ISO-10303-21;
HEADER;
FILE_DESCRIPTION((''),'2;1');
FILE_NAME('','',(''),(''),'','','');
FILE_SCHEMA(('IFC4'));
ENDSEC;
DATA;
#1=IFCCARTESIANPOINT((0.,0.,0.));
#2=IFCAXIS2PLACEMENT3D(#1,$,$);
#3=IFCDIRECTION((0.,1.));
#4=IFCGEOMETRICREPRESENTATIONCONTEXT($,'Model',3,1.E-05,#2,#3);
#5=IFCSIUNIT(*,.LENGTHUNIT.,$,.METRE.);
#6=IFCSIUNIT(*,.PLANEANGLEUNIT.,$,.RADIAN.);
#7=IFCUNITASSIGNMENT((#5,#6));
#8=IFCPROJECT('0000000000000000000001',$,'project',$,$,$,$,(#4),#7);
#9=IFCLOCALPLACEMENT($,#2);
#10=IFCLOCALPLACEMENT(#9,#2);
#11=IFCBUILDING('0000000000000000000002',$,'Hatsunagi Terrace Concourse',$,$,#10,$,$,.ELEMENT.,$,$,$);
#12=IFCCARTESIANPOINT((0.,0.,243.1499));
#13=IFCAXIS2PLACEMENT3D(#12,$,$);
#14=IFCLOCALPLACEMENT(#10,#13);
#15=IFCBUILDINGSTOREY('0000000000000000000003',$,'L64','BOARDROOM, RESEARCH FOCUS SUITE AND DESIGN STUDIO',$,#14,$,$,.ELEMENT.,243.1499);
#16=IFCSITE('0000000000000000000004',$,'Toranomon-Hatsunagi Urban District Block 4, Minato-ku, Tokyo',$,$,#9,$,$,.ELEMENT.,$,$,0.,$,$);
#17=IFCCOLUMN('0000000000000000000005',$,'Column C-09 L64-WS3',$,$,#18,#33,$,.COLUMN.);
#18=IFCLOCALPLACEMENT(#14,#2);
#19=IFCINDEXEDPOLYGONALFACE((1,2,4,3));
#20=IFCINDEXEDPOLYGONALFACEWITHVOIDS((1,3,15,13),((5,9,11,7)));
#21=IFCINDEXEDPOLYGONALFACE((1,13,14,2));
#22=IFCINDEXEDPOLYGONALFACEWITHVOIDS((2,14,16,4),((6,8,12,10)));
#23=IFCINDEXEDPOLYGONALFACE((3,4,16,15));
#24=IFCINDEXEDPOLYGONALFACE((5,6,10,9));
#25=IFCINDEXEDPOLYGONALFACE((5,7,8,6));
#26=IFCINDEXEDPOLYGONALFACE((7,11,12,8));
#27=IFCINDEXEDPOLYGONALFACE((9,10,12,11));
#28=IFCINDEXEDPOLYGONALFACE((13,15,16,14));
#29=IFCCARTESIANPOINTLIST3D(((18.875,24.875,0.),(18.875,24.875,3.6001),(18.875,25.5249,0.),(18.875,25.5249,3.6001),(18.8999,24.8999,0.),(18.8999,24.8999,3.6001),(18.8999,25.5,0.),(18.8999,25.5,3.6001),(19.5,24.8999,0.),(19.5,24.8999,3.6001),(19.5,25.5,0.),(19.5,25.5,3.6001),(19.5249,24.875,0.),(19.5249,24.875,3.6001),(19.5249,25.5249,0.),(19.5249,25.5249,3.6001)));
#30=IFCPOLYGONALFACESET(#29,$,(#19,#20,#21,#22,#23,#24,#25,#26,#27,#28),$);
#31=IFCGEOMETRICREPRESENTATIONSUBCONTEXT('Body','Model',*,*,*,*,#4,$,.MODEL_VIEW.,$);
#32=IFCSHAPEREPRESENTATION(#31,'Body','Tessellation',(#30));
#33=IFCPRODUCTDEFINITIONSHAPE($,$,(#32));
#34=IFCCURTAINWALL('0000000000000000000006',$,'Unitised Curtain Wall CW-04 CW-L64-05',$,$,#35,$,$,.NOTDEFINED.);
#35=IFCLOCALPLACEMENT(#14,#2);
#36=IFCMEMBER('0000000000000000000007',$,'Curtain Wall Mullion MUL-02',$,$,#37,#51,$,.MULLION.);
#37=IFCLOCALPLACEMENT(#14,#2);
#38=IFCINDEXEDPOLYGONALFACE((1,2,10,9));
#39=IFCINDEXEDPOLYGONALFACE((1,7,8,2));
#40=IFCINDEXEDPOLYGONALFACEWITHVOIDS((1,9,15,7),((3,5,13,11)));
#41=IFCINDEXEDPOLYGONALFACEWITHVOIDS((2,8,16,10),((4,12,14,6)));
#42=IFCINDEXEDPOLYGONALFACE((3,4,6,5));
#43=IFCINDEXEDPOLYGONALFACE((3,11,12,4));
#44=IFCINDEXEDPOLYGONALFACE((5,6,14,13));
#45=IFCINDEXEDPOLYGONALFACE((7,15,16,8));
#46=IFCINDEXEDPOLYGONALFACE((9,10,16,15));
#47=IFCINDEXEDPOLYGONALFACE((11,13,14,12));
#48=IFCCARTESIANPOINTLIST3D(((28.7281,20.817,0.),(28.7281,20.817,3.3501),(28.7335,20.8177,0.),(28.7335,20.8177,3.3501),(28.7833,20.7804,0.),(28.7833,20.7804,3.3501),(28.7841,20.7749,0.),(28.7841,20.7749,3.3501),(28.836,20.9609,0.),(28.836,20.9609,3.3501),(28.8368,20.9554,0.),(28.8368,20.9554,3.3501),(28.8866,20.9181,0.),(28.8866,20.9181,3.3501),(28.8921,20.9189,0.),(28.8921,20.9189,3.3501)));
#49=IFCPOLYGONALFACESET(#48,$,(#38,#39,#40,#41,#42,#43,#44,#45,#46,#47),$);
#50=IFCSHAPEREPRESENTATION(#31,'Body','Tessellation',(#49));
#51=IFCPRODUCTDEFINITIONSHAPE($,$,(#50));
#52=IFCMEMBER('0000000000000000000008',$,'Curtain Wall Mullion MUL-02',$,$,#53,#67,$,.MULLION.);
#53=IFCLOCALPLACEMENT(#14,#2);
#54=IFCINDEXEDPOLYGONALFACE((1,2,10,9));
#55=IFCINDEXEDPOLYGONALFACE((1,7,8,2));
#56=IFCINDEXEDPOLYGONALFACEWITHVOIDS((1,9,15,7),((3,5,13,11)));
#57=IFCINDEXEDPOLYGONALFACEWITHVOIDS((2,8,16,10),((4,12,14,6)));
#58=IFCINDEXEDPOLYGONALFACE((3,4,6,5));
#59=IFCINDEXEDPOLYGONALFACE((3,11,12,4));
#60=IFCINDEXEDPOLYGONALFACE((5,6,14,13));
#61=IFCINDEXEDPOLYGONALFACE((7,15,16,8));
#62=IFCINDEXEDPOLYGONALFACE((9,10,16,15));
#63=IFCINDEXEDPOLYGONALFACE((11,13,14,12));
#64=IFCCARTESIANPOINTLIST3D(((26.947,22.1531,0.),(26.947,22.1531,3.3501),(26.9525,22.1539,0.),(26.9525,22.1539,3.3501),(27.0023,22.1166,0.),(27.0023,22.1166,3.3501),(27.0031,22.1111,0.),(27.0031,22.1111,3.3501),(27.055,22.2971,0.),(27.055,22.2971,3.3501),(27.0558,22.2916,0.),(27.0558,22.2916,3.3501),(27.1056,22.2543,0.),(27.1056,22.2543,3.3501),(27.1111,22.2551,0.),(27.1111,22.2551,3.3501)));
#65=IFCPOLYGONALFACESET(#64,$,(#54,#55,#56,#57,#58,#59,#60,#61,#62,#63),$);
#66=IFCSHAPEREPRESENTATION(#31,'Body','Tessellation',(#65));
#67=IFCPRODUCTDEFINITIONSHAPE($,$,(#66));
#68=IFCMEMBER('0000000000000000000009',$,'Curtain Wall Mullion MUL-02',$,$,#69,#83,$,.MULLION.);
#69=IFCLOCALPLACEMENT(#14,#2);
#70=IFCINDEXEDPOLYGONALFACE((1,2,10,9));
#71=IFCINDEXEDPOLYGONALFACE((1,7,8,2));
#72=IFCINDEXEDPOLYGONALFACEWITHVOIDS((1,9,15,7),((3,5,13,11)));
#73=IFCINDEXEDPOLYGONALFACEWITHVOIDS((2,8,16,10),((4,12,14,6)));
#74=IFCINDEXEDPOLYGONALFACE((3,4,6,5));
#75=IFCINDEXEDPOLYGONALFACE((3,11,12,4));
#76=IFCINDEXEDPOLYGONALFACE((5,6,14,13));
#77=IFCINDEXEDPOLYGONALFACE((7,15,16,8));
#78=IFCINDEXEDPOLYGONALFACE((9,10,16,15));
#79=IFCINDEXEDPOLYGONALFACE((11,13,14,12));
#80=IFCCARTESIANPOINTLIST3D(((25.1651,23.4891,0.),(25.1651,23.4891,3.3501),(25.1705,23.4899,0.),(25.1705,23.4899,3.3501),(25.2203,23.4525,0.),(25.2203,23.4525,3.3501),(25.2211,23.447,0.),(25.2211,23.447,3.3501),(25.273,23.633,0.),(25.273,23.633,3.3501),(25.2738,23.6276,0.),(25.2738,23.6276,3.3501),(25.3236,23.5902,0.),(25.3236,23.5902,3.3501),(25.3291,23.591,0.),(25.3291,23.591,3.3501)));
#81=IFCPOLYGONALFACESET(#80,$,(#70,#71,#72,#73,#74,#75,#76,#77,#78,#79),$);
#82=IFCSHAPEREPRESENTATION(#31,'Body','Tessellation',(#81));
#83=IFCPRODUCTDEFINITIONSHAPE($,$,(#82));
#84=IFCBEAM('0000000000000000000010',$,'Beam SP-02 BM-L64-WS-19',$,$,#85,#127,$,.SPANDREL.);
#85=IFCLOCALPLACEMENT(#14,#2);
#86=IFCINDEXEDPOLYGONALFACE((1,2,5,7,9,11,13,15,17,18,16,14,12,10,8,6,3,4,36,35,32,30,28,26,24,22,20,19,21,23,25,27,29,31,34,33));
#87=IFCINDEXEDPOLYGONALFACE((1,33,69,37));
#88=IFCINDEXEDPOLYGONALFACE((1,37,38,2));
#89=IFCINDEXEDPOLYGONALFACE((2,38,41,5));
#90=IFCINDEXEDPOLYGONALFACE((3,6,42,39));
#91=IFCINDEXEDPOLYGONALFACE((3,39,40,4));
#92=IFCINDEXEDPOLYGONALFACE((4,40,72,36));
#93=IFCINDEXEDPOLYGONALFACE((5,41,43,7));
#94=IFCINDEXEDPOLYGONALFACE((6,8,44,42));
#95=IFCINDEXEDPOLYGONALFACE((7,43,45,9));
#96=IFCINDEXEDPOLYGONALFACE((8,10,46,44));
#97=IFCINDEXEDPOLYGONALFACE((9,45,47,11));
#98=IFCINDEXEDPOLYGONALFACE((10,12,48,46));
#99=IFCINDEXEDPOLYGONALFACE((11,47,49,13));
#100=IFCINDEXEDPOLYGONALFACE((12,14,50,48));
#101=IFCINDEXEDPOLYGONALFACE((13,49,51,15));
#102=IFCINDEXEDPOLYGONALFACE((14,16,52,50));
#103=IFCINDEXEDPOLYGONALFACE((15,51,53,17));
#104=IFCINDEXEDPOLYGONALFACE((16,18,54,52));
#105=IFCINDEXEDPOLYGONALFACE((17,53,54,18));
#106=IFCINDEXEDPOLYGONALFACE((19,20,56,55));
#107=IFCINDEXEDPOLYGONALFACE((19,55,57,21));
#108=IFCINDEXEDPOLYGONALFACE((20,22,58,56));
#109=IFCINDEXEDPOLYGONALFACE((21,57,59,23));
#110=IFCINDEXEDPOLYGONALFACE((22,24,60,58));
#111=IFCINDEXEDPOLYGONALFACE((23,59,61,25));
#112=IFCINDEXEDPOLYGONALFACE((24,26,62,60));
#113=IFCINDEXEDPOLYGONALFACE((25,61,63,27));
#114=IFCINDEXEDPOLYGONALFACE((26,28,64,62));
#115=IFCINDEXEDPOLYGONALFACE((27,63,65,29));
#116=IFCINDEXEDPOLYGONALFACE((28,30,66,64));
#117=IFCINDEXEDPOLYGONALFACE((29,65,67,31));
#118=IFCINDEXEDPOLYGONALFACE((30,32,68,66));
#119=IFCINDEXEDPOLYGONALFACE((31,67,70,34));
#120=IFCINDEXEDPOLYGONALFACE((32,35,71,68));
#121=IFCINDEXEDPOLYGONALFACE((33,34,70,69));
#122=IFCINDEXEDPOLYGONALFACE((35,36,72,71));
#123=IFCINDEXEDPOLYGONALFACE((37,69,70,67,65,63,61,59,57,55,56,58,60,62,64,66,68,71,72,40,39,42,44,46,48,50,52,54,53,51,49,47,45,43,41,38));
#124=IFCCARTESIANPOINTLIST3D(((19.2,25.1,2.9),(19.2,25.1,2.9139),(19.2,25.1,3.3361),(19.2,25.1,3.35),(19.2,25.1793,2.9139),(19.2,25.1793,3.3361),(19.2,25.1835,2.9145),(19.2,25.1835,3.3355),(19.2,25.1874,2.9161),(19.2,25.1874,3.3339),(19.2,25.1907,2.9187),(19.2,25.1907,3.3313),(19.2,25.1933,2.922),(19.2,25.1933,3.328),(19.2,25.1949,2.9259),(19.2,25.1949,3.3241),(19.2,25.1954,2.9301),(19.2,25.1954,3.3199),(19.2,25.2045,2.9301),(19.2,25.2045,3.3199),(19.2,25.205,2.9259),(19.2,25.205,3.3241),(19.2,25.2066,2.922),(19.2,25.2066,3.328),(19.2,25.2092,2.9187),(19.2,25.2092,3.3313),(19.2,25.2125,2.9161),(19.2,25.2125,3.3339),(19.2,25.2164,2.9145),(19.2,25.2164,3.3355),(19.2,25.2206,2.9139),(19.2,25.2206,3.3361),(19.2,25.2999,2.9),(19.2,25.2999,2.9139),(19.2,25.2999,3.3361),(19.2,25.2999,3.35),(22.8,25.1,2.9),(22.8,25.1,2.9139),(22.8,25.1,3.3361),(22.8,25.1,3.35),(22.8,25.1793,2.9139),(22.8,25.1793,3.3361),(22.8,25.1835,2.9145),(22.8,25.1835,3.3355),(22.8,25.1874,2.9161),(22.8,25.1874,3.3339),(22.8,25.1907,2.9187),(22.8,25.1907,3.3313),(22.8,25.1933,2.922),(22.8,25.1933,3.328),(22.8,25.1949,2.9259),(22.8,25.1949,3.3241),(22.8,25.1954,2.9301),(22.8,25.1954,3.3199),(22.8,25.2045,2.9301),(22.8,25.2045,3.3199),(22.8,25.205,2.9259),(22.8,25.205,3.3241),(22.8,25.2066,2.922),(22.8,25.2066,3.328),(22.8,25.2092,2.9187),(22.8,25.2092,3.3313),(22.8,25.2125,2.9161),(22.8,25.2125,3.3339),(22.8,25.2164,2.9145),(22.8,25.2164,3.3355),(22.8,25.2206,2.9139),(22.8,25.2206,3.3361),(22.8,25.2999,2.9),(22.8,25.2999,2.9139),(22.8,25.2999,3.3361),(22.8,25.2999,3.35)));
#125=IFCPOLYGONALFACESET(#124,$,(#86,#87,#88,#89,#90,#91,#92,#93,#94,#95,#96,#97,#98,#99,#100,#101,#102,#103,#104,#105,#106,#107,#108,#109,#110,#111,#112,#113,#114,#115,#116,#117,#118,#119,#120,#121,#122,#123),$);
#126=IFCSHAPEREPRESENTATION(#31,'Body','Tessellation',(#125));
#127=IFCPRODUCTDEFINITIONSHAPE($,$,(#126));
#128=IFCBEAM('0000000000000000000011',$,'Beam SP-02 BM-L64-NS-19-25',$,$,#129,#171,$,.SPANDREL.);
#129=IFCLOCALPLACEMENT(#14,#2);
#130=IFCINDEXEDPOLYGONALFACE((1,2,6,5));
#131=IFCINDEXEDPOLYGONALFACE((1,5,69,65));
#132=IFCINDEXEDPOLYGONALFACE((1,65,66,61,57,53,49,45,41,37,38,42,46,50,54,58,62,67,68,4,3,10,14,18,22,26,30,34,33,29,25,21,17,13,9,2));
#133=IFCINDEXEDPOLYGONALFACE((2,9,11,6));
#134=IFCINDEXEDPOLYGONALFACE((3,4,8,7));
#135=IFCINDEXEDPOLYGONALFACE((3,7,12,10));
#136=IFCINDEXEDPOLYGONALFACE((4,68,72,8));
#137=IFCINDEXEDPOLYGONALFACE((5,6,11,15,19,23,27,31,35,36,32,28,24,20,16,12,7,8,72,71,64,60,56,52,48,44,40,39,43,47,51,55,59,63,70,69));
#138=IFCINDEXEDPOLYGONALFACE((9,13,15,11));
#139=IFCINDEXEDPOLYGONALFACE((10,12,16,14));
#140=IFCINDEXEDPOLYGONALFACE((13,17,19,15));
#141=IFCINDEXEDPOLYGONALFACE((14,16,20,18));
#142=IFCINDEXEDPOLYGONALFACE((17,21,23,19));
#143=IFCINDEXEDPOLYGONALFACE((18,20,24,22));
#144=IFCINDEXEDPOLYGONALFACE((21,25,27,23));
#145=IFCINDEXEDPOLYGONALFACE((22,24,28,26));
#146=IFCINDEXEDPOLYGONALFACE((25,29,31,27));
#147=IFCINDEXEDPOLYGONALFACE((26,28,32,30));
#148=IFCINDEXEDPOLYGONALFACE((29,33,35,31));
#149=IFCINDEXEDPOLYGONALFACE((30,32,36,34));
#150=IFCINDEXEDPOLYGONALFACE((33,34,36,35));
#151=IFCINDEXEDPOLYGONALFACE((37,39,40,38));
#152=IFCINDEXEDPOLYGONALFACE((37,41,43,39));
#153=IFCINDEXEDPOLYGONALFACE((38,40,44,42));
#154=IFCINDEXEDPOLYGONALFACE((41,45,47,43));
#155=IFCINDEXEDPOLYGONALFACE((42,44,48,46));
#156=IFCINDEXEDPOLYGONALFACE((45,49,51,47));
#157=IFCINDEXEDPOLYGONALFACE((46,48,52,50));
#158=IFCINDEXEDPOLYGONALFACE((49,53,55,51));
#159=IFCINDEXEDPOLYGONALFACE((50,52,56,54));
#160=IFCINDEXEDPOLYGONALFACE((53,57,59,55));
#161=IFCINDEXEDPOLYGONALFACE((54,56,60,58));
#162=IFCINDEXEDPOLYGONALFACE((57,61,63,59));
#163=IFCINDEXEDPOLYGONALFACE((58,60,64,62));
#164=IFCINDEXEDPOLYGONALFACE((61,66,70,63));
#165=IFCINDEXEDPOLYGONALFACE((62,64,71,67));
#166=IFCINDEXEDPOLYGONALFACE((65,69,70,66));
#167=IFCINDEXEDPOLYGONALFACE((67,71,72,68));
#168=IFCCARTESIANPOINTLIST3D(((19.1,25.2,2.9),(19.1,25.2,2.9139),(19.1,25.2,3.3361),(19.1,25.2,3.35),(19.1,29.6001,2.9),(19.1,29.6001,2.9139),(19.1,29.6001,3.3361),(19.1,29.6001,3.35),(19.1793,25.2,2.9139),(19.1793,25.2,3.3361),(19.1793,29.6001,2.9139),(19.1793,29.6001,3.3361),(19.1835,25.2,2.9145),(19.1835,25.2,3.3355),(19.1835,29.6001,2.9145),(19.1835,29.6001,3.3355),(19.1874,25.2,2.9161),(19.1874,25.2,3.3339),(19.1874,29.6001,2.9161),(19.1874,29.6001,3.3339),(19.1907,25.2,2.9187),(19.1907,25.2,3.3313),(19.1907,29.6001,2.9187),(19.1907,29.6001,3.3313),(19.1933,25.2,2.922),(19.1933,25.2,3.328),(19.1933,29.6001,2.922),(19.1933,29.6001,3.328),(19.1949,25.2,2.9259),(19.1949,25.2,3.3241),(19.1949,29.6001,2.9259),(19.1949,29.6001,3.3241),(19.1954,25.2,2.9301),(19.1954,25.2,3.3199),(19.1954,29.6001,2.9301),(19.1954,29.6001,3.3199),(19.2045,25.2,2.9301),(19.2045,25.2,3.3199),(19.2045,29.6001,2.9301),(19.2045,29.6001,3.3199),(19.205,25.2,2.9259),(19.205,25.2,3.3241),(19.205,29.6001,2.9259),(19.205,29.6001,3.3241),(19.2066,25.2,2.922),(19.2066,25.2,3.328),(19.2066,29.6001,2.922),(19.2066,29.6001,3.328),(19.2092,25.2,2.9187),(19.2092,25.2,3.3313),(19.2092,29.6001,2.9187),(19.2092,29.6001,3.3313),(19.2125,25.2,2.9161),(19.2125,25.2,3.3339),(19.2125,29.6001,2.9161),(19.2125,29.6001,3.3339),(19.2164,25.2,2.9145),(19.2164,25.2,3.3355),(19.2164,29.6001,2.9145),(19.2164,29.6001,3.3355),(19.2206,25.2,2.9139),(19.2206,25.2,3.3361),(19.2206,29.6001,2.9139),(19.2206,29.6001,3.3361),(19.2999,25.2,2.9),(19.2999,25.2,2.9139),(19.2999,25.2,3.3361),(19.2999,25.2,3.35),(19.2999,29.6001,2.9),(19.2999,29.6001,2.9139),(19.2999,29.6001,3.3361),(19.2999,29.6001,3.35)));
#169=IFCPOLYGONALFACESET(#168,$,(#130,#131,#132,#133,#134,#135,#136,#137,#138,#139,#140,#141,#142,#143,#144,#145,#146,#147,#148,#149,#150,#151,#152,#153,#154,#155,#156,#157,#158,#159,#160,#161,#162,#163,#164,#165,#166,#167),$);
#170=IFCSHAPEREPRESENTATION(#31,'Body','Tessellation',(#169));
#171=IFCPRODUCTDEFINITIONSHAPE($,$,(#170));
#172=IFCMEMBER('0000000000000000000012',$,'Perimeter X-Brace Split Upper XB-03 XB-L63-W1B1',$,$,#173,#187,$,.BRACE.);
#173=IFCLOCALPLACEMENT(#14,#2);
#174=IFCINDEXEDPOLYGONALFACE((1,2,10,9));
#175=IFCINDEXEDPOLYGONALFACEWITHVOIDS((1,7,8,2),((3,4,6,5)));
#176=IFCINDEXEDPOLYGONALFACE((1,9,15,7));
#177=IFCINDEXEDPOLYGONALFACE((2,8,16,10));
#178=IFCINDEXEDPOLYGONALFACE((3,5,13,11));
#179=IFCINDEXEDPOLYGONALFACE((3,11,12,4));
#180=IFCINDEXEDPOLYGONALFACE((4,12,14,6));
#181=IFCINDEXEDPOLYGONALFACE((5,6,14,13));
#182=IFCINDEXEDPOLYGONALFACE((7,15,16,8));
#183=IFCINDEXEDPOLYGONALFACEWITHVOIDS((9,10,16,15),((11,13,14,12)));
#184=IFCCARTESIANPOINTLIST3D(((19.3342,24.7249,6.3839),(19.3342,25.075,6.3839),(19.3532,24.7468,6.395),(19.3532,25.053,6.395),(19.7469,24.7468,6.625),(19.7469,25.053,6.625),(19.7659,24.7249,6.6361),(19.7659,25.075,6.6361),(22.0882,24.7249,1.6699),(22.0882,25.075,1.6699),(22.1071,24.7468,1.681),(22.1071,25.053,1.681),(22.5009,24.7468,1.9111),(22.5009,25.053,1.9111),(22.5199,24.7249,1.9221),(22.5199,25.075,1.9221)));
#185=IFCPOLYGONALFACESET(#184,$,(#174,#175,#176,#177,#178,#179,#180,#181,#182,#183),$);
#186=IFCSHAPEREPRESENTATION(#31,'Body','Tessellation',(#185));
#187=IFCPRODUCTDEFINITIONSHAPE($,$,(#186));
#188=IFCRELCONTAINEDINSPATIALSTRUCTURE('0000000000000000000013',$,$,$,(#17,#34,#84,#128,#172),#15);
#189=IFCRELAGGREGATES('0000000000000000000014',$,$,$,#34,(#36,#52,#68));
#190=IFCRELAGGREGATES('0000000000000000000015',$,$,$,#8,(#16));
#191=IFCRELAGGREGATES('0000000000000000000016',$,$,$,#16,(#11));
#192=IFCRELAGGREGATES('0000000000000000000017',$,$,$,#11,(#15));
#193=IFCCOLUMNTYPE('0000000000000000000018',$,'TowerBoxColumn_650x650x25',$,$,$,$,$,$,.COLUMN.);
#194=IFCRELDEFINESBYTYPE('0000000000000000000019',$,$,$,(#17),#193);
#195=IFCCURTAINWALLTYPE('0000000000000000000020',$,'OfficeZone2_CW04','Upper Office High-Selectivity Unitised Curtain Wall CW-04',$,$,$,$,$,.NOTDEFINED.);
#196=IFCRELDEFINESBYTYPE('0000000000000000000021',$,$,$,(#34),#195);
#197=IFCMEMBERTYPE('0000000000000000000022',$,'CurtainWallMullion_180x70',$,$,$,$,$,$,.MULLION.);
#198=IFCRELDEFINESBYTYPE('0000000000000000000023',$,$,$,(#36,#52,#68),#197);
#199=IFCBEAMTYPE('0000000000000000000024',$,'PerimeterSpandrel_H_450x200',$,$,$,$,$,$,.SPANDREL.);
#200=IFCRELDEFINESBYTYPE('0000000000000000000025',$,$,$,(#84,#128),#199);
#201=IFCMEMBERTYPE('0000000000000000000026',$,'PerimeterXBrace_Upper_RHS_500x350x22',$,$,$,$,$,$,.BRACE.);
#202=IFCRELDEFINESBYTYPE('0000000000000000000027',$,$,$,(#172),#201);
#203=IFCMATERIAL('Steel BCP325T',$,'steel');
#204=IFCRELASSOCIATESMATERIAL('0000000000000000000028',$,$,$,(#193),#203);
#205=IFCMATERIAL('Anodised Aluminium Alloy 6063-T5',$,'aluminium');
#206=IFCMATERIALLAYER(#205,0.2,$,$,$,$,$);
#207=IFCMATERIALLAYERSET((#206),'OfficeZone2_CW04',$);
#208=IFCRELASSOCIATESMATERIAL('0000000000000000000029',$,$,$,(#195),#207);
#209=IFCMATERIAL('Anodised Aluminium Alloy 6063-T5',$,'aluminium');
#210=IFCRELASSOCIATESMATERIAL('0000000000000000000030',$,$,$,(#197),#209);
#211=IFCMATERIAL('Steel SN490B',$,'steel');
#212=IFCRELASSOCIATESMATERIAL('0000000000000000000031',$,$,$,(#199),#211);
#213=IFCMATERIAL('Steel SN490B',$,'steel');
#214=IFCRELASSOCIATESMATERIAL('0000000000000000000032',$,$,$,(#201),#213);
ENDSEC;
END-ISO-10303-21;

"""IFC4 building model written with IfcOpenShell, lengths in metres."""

from ifc_helpers import new_model, si_unit, direction, frame, origin, origin_2d, place, context, subcontext, project, spatial, hollow_rectangle, i_section, extrude, material, layer, layer_set, material_profile, profile_set, type_object, element, aggregate, save


model = new_model("IFC4")

# Units and contexts
model_context = context("Model", 3, precision=1e-05, world=origin(), true_north=direction((0.0, 1.0)))
body_context = subcontext(model_context, "Body", "Model", "MODEL_VIEW")
ifc_project = project(units=[si_unit("LENGTHUNIT", "METRE"), si_unit("PLANEANGLEUNIT", "RADIAN")], contexts=[model_context])

# Site, building, storey
site_placement = place(None, origin())
site = spatial("IfcSite", under=ifc_project, at=site_placement, Name="Toranomon-Hatsunagi Urban District Block 4, Minato-ku, Tokyo", CompositionType="ELEMENT", RefElevation=0.0)
building_placement = place(site_placement, origin())
building = spatial("IfcBuilding", under=site, at=building_placement, Name="Hatsunagi Terrace Concourse", CompositionType="ELEMENT")
storey_placement = place(building_placement, frame((0.0, 0.0, 243.1499)))
storey = spatial("IfcBuildingStorey", under=building, at=storey_placement, Name="L64", Description="BOARDROOM, RESEARCH FOCUS SUITE AND DESIGN STUDIO", CompositionType="ELEMENT", Elevation=243.1499)

# Column
ifc_material_1 = material(Name="Steel BCP325T", Category="steel")
ifc_material_profile_1 = material_profile(ifc_material_1, hollow_rectangle(XDim=0.6499, YDim=0.6499, WallThickness=0.0249, at=origin_2d()), Name="BCP-650x650x25")
ifc_profile_set_1 = profile_set([ifc_material_profile_1], Name="Steel BCP325T")
column_type = type_object("IfcColumnType", Name="TowerBoxColumn_650x650x25", PredefinedType="COLUMN", material=ifc_profile_set_1)
column_placement = place(storey_placement, frame((19.2, 25.2, 0.0), z_axis=(0.0, 0.0, 1.0), x_axis=(1.0, 0.0, 0.0)))
element("IfcColumn", 1, at=column_placement, inside=storey, type_object=column_type, Name="Column C-09 L64-WS3", PredefinedType="COLUMN", context=body_context, shape_type="SweptSolid", body=[
    extrude(hollow_rectangle(XDim=0.6499, YDim=0.6499, WallThickness=0.0249, at=origin_2d()), origin(), (0.0, 0.0, 1.0), 3.6001),
])

# Curtain wall, members
ifc_material_2 = material(Name="Anodised Aluminium Alloy 6063-T5", Category="aluminium")
ifc_layer_1 = layer(ifc_material_2, 0.2)
ifc_layer_set_1 = layer_set([ifc_layer_1], Name="OfficeZone2_CW04")
curtain_wall_type = type_object("IfcCurtainWallType", Name="OfficeZone2_CW04", Description="Upper Office High-Selectivity Unitised Curtain Wall CW-04", PredefinedType="NOTDEFINED", material=ifc_layer_set_1)
curtain_wall_placement = place(storey_placement, origin())
curtain_wall = element("IfcCurtainWall", 2, at=curtain_wall_placement, inside=storey, type_object=curtain_wall_type, Name="Unitised Curtain Wall CW-04 CW-L64-05", PredefinedType="NOTDEFINED")
ifc_material_3 = material(Name="Anodised Aluminium Alloy 6063-T5", Category="aluminium")
ifc_material_profile_2 = material_profile(ifc_material_3, hollow_rectangle(XDim=0.0701, YDim=0.1799, WallThickness=0.0039, at=origin_2d()), Name="ALU-MUL-180x70x4")
ifc_profile_set_2 = profile_set([ifc_material_profile_2], Name="Anodised Aluminium Alloy 6063-T5")
member_type_1 = type_object("IfcMemberType", Name="CurtainWallMullion_180x70", PredefinedType="MULLION", material=ifc_profile_set_2)
member_1_placement = place(storey_placement, frame((28.8101, 20.8679, 0.0), z_axis=(0.0, 0.0, 1.0), x_axis=(-0.800007, 0.59999, 0.0)))
member_1 = element("IfcMember", 3, at=member_1_placement, type_object=member_type_1, Name="Curtain Wall Mullion MUL-02", PredefinedType="MULLION", context=body_context, shape_type="SweptSolid", body=[
    extrude(hollow_rectangle(XDim=0.0701, YDim=0.1799, WallThickness=0.0039, at=origin_2d()), origin(), (0.0, 0.0, 1.0), 3.3501),
])
member_2_placement = place(storey_placement, frame((27.0291, 22.2041, 0.0), z_axis=(0.0, 0.0, 1.0), x_axis=(-0.800007, 0.59999, 0.0)))
member_2 = element("IfcMember", 4, at=member_2_placement, type_object=member_type_1, Name="Curtain Wall Mullion MUL-02", PredefinedType="MULLION", context=body_context, shape_type="SweptSolid", body=[
    extrude(hollow_rectangle(XDim=0.0701, YDim=0.1799, WallThickness=0.0039, at=origin_2d()), origin(), (0.0, 0.0, 1.0), 3.3501),
])
member_3_placement = place(storey_placement, frame((25.2471, 23.54, 0.0), z_axis=(0.0, 0.0, 1.0), x_axis=(-0.800007, 0.59999, 0.0)))
member_3 = element("IfcMember", 5, at=member_3_placement, type_object=member_type_1, Name="Curtain Wall Mullion MUL-02", PredefinedType="MULLION", context=body_context, shape_type="SweptSolid", body=[
    extrude(hollow_rectangle(XDim=0.0701, YDim=0.1799, WallThickness=0.0039, at=origin_2d()), origin(), (0.0, 0.0, 1.0), 3.3501),
])

# Beams
ifc_material_4 = material(Name="Steel SN490B", Category="steel")
ifc_material_profile_3 = material_profile(ifc_material_4, i_section(OverallWidth=0.2, OverallDepth=0.45, WebThickness=0.009, FlangeThickness=0.0139, FilletRadius=0.0161, at=origin_2d()), Name="H-450x200x9x14")
ifc_profile_set_3 = profile_set([ifc_material_profile_3], Name="Steel SN490B")
beam_type = type_object("IfcBeamType", Name="PerimeterSpandrel_H_450x200", PredefinedType="SPANDREL", material=ifc_profile_set_3)
beam_1_placement = place(storey_placement, frame((19.2, 25.2, 3.125), z_axis=(1.0, 0.0, 0.0), x_axis=(0.0, 1.0, 0.0)))
element("IfcBeam", 6, at=beam_1_placement, inside=storey, type_object=beam_type, Name="Beam SP-02 BM-L64-WS-19", PredefinedType="SPANDREL", context=body_context, shape_type="SweptSolid", body=[
    extrude(i_section(OverallWidth=0.2, OverallDepth=0.45, WebThickness=0.009, FlangeThickness=0.0139, FilletRadius=0.0161, at=origin_2d()), origin(), (0.0, 0.0, 1.0), 3.6001),
])
beam_2_placement = place(storey_placement, frame((19.2, 25.2, 3.125), z_axis=(0.0, 1.0, 0.0), x_axis=(-1.0, 0.0, 0.0)))
element("IfcBeam", 7, at=beam_2_placement, inside=storey, type_object=beam_type, Name="Beam SP-02 BM-L64-NS-19-25", PredefinedType="SPANDREL", context=body_context, shape_type="SweptSolid", body=[
    extrude(i_section(OverallWidth=0.2, OverallDepth=0.45, WebThickness=0.009, FlangeThickness=0.0139, FilletRadius=0.0161, at=origin_2d()), origin(), (0.0, 0.0, 1.0), 4.4001),
])

# Member
ifc_material_5 = material(Name="Steel SN490B", Category="steel")
ifc_material_profile_4 = material_profile(ifc_material_5, hollow_rectangle(XDim=0.3501, YDim=0.5, WallThickness=0.022, at=origin_2d()), Name="RHS-500x350x22")
ifc_profile_set_4 = profile_set([ifc_material_profile_4], Name="Steel SN490B")
member_type_2 = type_object("IfcMemberType", Name="PerimeterXBrace_Upper_RHS_500x350x22", PredefinedType="BRACE", material=ifc_profile_set_4)
member_4_placement = place(storey_placement, frame((19.55, 24.8999, 6.51), z_axis=(0.504438, 0.0, -0.863448), x_axis=(0.0, 1.0, 0.0)))
element("IfcMember", 8, at=member_4_placement, inside=storey, type_object=member_type_2, Name="Perimeter X-Brace Split Upper XB-03 XB-L63-W1B1", PredefinedType="BRACE", context=body_context, shape_type="SweptSolid", body=[
    extrude(hollow_rectangle(XDim=0.3501, YDim=0.5, WallThickness=0.022, at=origin_2d()), origin(), (0.0, 0.0, 1.0), 5.4595),
])

aggregate(curtain_wall, [member_1, member_2, member_3])

save(model, "model.ifc")
